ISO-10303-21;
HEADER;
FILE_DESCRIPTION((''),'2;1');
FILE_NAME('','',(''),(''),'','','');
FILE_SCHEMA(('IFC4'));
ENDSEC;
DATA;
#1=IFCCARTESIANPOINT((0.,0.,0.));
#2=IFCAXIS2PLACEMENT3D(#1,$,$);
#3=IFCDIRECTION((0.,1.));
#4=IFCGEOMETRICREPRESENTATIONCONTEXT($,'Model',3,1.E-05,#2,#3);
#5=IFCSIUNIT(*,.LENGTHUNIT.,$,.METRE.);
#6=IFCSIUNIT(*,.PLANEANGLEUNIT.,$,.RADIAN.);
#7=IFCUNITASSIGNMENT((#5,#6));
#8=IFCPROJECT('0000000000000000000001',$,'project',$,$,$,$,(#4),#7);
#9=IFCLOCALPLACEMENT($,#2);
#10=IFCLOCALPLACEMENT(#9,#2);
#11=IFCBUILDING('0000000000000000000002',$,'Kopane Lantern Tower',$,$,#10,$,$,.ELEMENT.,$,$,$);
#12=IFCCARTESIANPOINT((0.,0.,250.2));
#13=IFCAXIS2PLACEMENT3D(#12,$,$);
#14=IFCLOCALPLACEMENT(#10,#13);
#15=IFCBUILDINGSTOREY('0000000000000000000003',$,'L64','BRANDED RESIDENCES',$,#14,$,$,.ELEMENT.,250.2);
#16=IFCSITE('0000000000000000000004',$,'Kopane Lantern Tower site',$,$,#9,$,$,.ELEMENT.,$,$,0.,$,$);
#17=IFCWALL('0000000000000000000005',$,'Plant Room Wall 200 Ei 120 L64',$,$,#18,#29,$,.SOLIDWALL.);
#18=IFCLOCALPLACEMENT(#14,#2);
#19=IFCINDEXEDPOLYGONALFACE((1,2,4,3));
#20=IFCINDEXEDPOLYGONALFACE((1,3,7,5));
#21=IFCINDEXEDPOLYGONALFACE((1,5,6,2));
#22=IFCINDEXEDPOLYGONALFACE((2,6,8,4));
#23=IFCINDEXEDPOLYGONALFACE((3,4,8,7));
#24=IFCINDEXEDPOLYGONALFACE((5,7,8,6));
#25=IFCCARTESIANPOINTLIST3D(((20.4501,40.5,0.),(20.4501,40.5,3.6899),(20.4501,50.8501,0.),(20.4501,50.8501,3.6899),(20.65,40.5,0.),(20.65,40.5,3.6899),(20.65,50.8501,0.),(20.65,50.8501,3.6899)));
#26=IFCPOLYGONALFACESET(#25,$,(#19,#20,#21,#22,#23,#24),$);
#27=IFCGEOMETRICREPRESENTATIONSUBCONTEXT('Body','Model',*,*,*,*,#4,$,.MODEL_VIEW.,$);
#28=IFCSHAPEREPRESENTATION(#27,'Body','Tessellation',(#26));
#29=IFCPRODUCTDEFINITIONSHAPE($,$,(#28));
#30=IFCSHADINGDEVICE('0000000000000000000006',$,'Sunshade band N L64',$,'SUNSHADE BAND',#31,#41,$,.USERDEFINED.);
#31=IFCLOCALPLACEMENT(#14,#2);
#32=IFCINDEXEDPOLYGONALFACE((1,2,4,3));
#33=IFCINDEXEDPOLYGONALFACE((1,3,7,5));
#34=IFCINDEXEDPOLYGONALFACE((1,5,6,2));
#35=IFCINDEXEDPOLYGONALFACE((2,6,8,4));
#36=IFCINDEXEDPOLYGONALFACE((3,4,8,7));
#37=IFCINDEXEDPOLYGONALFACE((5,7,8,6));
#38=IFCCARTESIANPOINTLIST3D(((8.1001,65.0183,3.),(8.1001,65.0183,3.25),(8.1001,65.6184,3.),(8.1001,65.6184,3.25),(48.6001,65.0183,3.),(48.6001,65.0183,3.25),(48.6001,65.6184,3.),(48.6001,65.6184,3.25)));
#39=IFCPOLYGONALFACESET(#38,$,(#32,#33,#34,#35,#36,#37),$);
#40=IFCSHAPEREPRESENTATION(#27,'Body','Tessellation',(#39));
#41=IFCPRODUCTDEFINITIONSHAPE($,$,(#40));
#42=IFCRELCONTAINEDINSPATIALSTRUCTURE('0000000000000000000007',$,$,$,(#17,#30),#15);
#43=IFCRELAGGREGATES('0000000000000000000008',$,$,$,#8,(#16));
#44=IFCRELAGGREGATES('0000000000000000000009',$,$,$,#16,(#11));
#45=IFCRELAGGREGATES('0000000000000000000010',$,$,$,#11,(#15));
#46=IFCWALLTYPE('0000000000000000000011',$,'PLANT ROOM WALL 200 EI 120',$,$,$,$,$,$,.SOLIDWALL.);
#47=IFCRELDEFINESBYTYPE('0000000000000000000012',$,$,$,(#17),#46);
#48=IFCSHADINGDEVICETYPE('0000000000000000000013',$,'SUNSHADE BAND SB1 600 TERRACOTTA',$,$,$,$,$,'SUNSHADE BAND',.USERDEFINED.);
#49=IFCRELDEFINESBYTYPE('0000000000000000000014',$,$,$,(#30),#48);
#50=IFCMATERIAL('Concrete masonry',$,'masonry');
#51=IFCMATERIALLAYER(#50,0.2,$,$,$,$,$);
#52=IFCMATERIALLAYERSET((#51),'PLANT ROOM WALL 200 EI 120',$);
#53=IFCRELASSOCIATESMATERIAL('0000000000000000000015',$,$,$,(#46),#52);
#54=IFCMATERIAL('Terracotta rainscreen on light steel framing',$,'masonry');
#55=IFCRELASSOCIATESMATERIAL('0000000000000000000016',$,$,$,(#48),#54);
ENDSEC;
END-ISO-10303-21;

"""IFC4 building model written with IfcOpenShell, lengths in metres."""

from ifc_helpers import new_model, si_unit, direction, frame, frame_2d, origin, origin_2d, place, context, subcontext, project, spatial, rectangle, extrude, material, layer, layer_set, type_object, element, save


model = new_model("IFC4")

# Units and contexts
model_context = context("Model", 3, precision=1e-05, world=origin(), true_north=direction((0.0, 1.0)))
body_context = subcontext(model_context, "Body", "Model", "MODEL_VIEW")
ifc_project = project(units=[si_unit("LENGTHUNIT", "METRE"), si_unit("PLANEANGLEUNIT", "RADIAN")], contexts=[model_context])

# Site, building, storey
site_placement = place(None, origin())
site = spatial("IfcSite", under=ifc_project, at=site_placement, Name="Kopane Lantern Tower site", CompositionType="ELEMENT", RefElevation=0.0)
building_placement = place(site_placement, origin())
building = spatial("IfcBuilding", under=site, at=building_placement, Name="Kopane Lantern Tower", CompositionType="ELEMENT")
storey_placement = place(building_placement, frame((0.0, 0.0, 250.2)))
storey = spatial("IfcBuildingStorey", under=building, at=storey_placement, Name="L64", Description="BRANDED RESIDENCES", CompositionType="ELEMENT", Elevation=250.2)

# Wall
ifc_material_1 = material(Name="Concrete masonry", Category="masonry")
ifc_layer_1 = layer(ifc_material_1, 0.2)
ifc_layer_set_1 = layer_set([ifc_layer_1], Name="PLANT ROOM WALL 200 EI 120")
wall_type_1 = type_object("IfcWallType", Name="PLANT ROOM WALL 200 EI 120", PredefinedType="SOLIDWALL", material=ifc_layer_set_1)
wall_1_placement = place(storey_placement, frame((20.55, 50.8501, 0.0), z_axis=(0.0, 0.0, 1.0), x_axis=(0.0, -1.0, 0.0)))
element("IfcWall", 1, at=wall_1_placement, inside=storey, type_object=wall_type_1, Name="Plant Room Wall 200 Ei 120 L64", PredefinedType="SOLIDWALL", context=body_context, shape_type="SweptSolid", body=[
    extrude(rectangle(XDim=10.3501, YDim=0.2, at=frame_2d((5.175, 0.0))), origin(), (0.0, 0.0, 1.0), 3.6899),
])

# Shading device
ifc_material_2 = material(Name="Terracotta rainscreen on light steel framing", Category="masonry")
shading_device_type = type_object("IfcShadingDeviceType", Name="SUNSHADE BAND SB1 600 TERRACOTTA", ElementType="SUNSHADE BAND", PredefinedType="USERDEFINED", material=ifc_material_2)
shading_device_placement = place(storey_placement, frame((28.3501, 65.3184, 3.0), z_axis=(0.0, 0.0, 1.0), x_axis=(-1.0, 0.0, 0.0)))
element("IfcShadingDevice", 2, at=shading_device_placement, inside=storey, type_object=shading_device_type, Name="Sunshade band N L64", ObjectType="SUNSHADE BAND", PredefinedType="USERDEFINED", context=body_context, shape_type="SweptSolid", body=[
    extrude(rectangle(XDim=40.5, YDim=0.6001, at=origin_2d()), origin(), (0.0, 0.0, 1.0), 0.25),
])

save(model, "model.ifc")
